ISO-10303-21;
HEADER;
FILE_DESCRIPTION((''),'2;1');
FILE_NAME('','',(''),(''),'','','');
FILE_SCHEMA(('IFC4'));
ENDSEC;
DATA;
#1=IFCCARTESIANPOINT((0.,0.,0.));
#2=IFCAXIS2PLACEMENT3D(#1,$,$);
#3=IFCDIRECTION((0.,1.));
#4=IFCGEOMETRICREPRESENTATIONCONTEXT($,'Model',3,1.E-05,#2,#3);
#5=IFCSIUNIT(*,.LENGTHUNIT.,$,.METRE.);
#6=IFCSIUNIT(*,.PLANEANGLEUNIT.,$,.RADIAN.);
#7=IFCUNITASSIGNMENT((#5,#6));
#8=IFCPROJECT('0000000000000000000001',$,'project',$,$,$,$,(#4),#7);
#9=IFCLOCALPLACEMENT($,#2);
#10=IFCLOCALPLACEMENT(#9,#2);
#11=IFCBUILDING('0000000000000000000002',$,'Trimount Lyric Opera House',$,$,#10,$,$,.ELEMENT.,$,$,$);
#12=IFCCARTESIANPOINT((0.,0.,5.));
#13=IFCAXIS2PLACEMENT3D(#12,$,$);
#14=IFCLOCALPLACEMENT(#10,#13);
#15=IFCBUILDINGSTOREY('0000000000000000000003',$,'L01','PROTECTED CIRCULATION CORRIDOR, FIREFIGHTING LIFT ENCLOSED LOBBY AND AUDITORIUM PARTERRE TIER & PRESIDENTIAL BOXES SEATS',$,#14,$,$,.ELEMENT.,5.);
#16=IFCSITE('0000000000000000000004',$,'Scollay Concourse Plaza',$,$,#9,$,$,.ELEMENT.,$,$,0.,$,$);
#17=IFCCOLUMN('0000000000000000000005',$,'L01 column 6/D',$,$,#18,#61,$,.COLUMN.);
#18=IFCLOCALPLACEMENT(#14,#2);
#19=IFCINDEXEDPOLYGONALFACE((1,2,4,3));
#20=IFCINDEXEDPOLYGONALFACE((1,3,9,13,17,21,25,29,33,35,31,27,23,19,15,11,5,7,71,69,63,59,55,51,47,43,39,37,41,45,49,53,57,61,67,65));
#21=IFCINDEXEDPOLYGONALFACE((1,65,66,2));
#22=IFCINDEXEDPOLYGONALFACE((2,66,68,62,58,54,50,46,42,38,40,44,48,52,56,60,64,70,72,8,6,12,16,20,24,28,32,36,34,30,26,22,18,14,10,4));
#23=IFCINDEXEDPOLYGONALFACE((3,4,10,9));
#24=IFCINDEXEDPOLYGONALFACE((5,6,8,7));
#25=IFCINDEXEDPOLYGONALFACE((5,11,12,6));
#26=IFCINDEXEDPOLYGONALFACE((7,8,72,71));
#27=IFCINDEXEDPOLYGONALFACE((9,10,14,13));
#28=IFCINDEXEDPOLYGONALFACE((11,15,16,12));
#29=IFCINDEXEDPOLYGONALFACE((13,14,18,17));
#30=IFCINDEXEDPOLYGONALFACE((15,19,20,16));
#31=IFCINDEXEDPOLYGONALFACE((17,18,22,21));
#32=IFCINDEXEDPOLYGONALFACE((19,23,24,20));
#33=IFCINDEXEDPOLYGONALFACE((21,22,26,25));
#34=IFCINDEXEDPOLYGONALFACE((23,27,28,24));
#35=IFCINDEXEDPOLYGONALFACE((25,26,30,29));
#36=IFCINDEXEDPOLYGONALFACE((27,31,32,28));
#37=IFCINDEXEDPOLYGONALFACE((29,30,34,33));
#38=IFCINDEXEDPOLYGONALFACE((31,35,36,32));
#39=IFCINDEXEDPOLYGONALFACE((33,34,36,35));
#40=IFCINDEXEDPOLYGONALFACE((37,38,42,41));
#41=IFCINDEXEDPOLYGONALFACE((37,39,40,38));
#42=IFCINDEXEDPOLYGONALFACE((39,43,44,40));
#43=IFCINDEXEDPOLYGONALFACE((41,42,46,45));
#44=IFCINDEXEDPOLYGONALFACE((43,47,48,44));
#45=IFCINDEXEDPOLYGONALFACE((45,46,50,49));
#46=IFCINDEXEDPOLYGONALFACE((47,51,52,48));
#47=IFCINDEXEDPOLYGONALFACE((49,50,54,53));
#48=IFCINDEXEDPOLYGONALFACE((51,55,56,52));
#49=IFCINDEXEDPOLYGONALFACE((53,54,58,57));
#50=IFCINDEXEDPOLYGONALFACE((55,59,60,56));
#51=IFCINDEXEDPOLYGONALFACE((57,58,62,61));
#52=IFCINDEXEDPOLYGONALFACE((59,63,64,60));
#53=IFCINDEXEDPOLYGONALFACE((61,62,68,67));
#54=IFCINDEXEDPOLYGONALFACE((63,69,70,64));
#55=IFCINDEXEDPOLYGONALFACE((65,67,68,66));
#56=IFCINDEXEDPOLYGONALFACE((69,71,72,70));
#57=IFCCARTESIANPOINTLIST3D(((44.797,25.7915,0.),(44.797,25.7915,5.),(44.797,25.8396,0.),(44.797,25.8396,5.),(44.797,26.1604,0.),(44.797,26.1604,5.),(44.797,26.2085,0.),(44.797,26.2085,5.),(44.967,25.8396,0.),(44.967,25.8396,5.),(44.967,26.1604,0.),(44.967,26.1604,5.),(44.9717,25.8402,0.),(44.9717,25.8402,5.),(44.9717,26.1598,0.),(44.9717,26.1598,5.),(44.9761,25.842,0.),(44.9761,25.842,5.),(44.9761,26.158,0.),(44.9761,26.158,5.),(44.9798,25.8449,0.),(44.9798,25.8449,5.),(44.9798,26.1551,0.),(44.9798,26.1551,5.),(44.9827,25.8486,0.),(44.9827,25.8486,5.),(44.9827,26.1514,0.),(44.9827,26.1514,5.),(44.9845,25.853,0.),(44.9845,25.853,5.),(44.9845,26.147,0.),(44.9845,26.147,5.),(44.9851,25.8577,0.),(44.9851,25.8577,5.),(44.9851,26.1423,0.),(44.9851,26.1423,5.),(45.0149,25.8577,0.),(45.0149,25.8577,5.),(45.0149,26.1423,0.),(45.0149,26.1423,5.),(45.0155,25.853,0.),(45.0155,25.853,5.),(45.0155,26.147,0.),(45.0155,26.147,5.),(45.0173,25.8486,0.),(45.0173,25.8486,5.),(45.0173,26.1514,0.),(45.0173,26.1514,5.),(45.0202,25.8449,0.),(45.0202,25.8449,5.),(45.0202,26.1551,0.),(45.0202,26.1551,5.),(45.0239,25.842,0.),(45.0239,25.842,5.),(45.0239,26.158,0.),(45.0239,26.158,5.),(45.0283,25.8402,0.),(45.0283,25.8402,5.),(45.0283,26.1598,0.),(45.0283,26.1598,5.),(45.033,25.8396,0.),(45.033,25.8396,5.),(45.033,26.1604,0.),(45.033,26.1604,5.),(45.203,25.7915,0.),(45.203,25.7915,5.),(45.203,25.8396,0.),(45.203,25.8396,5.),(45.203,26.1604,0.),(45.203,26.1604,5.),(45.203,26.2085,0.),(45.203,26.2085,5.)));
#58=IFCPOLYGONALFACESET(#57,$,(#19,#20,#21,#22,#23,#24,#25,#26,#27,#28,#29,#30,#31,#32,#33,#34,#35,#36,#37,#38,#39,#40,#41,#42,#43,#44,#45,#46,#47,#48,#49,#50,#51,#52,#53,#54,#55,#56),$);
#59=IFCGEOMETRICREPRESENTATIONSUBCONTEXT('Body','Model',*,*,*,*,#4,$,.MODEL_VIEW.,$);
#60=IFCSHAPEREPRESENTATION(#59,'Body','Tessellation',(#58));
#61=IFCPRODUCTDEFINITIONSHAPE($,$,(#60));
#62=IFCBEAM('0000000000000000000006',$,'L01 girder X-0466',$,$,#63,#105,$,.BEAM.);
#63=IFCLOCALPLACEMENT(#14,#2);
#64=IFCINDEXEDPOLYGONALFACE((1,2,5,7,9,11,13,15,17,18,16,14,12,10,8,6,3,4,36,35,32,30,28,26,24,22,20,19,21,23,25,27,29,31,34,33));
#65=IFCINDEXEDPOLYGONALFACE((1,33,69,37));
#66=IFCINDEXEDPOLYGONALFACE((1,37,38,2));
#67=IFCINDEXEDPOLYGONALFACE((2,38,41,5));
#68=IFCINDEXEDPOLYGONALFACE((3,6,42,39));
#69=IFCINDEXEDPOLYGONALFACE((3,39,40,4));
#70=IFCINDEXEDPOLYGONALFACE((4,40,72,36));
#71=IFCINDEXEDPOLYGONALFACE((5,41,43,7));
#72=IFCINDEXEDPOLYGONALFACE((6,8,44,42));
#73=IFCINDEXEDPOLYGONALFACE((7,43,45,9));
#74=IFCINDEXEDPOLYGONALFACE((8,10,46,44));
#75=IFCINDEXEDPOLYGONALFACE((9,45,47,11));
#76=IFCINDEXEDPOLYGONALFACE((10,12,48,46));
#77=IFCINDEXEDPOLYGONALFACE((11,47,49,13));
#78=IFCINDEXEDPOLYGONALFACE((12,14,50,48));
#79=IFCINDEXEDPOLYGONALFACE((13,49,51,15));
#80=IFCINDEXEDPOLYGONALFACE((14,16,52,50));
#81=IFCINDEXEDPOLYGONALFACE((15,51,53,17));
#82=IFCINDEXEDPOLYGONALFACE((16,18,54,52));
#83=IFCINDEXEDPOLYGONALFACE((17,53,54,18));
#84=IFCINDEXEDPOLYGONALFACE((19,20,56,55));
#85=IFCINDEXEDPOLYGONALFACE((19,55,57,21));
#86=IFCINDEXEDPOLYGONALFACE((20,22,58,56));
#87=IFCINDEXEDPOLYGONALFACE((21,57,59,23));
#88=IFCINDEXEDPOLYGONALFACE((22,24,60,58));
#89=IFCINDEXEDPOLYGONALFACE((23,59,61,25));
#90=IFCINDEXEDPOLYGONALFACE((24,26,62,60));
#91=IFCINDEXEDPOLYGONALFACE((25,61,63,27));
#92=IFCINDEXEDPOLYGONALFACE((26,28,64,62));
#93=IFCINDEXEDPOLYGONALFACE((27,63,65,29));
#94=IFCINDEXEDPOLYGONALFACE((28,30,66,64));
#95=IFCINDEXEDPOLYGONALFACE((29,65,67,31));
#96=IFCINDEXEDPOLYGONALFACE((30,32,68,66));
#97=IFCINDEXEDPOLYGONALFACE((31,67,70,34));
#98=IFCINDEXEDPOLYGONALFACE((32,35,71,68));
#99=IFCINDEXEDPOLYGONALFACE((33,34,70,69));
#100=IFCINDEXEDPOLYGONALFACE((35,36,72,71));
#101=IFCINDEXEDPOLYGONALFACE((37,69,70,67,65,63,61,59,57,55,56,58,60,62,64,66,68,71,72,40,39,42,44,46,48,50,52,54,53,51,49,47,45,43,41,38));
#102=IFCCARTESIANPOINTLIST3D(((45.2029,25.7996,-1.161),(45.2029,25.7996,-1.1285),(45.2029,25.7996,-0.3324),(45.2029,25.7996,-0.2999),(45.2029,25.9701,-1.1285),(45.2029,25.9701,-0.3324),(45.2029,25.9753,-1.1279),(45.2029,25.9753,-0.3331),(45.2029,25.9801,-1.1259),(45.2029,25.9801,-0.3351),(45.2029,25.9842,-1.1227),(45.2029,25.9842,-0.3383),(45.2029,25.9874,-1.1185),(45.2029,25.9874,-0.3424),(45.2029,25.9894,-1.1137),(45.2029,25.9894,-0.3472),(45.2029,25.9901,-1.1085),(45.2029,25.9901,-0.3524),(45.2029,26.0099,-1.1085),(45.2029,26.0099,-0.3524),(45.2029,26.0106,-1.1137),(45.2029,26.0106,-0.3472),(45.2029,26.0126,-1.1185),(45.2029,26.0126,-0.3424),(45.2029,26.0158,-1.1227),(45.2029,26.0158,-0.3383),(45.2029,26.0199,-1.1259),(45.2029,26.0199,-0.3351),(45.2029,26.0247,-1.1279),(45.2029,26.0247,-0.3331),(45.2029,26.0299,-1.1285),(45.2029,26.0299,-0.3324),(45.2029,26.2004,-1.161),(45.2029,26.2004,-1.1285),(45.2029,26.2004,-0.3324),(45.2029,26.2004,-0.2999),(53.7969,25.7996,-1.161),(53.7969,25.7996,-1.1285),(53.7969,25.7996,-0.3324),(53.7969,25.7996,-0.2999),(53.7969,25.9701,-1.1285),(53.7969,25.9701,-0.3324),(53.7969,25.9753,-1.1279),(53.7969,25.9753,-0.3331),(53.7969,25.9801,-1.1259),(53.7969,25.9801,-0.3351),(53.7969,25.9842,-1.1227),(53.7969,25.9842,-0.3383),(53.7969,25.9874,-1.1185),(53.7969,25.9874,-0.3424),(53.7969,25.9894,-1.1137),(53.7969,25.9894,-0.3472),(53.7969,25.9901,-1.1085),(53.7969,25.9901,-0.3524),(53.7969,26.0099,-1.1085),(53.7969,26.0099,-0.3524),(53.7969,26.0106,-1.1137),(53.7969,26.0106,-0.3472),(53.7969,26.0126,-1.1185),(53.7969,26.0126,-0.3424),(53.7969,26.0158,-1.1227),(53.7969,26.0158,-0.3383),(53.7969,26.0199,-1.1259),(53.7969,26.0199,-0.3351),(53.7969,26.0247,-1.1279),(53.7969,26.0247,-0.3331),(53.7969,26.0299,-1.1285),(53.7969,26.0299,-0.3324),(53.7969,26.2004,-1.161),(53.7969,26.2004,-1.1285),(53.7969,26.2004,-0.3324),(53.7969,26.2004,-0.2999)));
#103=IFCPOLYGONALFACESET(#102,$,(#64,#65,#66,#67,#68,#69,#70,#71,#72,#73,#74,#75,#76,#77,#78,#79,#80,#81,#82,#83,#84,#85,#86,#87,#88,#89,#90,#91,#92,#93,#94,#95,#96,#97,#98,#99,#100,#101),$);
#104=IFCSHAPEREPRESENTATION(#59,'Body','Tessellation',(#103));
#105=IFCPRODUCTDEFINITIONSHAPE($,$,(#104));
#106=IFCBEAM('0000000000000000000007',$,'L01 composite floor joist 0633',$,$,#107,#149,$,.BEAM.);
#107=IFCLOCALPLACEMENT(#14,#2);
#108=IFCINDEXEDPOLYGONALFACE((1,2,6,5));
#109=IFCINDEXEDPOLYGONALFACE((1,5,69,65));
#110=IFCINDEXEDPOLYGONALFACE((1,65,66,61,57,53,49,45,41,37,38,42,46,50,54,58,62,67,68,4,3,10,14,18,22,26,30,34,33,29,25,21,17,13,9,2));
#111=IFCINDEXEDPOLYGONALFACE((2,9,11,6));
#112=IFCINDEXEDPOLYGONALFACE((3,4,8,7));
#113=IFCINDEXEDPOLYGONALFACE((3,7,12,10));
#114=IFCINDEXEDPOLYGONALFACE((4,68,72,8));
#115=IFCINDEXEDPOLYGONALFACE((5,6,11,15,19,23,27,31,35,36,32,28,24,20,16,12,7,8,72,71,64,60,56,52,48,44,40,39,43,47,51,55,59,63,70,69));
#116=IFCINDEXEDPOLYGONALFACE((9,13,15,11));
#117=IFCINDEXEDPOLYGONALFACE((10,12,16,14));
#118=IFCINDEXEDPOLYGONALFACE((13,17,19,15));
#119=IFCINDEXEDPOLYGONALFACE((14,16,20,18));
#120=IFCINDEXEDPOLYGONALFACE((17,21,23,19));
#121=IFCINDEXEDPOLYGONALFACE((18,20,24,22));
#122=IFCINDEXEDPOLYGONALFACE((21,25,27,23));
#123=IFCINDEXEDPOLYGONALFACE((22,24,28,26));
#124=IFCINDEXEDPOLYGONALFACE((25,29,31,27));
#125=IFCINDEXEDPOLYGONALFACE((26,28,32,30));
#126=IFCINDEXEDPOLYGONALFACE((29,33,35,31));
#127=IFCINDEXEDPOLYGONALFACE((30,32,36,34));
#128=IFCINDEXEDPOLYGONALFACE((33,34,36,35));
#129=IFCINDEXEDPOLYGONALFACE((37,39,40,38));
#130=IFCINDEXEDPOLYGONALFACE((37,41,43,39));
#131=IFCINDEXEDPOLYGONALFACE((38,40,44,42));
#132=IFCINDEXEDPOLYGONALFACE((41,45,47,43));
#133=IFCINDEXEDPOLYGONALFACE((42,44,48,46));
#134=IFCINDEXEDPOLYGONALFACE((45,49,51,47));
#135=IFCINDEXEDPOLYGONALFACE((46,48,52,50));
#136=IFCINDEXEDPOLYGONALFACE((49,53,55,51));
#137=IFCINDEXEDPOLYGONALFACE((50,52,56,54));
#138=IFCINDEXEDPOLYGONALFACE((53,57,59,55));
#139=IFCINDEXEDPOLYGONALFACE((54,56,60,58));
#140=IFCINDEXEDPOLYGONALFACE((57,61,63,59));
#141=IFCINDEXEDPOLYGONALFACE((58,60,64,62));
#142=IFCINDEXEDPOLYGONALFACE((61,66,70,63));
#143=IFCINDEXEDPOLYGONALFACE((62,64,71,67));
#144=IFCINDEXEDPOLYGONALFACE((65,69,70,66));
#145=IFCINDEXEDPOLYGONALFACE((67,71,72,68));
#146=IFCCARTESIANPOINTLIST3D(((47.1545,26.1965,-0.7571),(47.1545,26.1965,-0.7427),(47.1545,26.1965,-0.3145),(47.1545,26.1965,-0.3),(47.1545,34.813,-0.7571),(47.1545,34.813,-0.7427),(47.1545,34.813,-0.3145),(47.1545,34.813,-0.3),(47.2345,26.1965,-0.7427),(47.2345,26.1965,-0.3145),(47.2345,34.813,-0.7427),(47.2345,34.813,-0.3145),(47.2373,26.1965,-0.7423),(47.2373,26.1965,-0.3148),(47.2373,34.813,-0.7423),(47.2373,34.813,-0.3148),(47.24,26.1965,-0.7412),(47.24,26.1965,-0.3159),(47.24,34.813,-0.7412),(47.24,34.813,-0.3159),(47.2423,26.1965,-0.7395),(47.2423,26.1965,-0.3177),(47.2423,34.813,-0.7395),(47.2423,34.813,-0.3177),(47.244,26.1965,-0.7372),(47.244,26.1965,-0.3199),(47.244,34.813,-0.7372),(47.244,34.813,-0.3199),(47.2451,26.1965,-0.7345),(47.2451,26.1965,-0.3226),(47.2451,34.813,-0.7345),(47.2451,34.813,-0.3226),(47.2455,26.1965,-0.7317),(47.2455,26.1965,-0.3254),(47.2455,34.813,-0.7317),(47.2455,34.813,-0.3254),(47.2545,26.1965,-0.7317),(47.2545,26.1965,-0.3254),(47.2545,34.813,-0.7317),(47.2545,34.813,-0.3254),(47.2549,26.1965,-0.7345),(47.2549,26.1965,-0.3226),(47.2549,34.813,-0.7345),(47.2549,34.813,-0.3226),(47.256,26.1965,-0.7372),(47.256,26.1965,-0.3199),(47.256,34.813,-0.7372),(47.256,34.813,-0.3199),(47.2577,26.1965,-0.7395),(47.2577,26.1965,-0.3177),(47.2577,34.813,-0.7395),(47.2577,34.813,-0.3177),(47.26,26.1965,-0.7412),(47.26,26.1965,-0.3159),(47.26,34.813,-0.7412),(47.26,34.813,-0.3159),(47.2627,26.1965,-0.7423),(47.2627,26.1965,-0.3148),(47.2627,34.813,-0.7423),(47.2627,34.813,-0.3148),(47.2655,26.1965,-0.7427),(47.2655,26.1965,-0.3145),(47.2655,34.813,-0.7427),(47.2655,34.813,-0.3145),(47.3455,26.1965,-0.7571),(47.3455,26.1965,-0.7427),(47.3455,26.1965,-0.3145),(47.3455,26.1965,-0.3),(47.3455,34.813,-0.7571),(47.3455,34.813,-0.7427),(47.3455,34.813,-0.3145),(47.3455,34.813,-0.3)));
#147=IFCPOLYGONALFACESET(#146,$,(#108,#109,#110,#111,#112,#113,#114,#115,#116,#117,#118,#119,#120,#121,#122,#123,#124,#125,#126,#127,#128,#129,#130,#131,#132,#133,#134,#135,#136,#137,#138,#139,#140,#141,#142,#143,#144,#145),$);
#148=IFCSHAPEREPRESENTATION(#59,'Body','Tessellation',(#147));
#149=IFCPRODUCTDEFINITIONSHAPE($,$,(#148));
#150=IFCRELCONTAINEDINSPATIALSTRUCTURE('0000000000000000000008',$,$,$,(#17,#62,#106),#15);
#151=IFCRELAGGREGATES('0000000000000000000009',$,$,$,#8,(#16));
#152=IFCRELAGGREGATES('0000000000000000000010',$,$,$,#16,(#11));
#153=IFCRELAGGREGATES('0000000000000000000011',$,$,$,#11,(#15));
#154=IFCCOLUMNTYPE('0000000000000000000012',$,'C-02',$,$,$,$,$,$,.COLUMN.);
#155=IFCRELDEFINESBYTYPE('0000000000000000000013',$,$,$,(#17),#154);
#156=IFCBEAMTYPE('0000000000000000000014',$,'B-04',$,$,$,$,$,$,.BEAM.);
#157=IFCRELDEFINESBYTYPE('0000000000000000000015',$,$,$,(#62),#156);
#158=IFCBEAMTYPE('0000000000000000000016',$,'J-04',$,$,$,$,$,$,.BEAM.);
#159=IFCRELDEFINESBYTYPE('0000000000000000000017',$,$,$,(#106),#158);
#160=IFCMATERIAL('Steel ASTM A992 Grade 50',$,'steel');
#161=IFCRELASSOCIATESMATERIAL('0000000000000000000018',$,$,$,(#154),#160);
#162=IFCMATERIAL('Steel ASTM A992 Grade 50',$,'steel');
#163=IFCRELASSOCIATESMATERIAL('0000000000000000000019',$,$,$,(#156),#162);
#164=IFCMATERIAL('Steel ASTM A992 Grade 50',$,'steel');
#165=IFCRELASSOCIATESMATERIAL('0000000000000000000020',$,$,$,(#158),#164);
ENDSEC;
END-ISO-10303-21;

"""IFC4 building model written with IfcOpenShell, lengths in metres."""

from ifc_helpers import new_model, si_unit, direction, frame, origin, origin_2d, place, context, subcontext, project, spatial, i_section, extrude, material, material_profile, profile_set, type_object, element, save


model = new_model("IFC4")

# Units and contexts
model_context = context("Model", 3, precision=1e-05, world=origin(), true_north=direction((0.0, 1.0)))
body_context = subcontext(model_context, "Body", "Model", "MODEL_VIEW")
ifc_project = project(units=[si_unit("LENGTHUNIT", "METRE"), si_unit("PLANEANGLEUNIT", "RADIAN")], contexts=[model_context])

# Site, building, storey
site_placement = place(None, origin())
site = spatial("IfcSite", under=ifc_project, at=site_placement, Name="Scollay Concourse Plaza", CompositionType="ELEMENT", RefElevation=0.0)
building_placement = place(site_placement, origin())
building = spatial("IfcBuilding", under=site, at=building_placement, Name="Trimount Lyric Opera House", CompositionType="ELEMENT")
storey_placement = place(building_placement, frame((0.0, 0.0, 5.0)))
storey = spatial("IfcBuildingStorey", under=building, at=storey_placement, Name="L01", Description="PROTECTED CIRCULATION CORRIDOR, FIREFIGHTING LIFT ENCLOSED LOBBY AND AUDITORIUM PARTERRE TIER & PRESIDENTIAL BOXES SEATS", CompositionType="ELEMENT", Elevation=5.0)

# Column
ifc_material_1 = material(Name="Steel ASTM A992 Grade 50", Category="steel")
ifc_material_profile_1 = material_profile(ifc_material_1, i_section(OverallWidth=0.406, OverallDepth=0.417, WebThickness=0.0298, FlangeThickness=0.0481, FilletRadius=0.0181, at=origin_2d()), Name="W14X257")
ifc_profile_set_1 = profile_set([ifc_material_profile_1], Name="Steel ASTM A992 Grade 50")
column_type = type_object("IfcColumnType", Name="C-02", PredefinedType="COLUMN", material=ifc_profile_set_1)
column_placement = place(storey_placement, frame((45.0, 26.0, 0.0), z_axis=(0.0, 0.0, 1.0), x_axis=(1.0, 0.0, 0.0)))
element("IfcColumn", 1, at=column_placement, inside=storey, type_object=column_type, Name="L01 column 6/D", PredefinedType="COLUMN", context=body_context, shape_type="SweptSolid", body=[
    extrude(i_section(OverallWidth=0.406, OverallDepth=0.417, WebThickness=0.0298, FlangeThickness=0.0481, FilletRadius=0.0181, at=origin_2d()), origin(), (0.0, 0.0, 1.0), 5.0),
])

# Beams
ifc_material_2 = material(Name="Steel ASTM A992 Grade 50", Category="steel")
ifc_material_profile_2 = material_profile(ifc_material_2, i_section(OverallWidth=0.4009, OverallDepth=0.8611, WebThickness=0.0198, FlangeThickness=0.0325, FilletRadius=0.02, at=origin_2d()), Name="W33X221")
ifc_profile_set_2 = profile_set([ifc_material_profile_2], Name="Steel ASTM A992 Grade 50")
beam_type_1 = type_object("IfcBeamType", Name="B-04", PredefinedType="BEAM", material=ifc_profile_set_2)
beam_1_placement = place(storey_placement, frame((45.2029, 26.0, -0.7305), z_axis=(1.0, 0.0, 0.0), x_axis=(0.0, 1.0, 0.0)))
element("IfcBeam", 2, at=beam_1_placement, inside=storey, type_object=beam_type_1, Name="L01 girder X-0466", PredefinedType="BEAM", context=body_context, shape_type="SweptSolid", body=[
    extrude(i_section(OverallWidth=0.4009, OverallDepth=0.8611, WebThickness=0.0198, FlangeThickness=0.0325, FilletRadius=0.02, at=origin_2d()), origin(), (0.0, 0.0, 1.0), 8.594),
])
ifc_material_3 = material(Name="Steel ASTM A992 Grade 50", Category="steel")
ifc_material_profile_3 = material_profile(ifc_material_3, i_section(OverallWidth=0.1909, OverallDepth=0.457, WebThickness=0.009, FlangeThickness=0.0144, FilletRadius=0.011, at=origin_2d()), Name="W18X50")
ifc_profile_set_3 = profile_set([ifc_material_profile_3], Name="Steel ASTM A992 Grade 50")
beam_type_2 = type_object("IfcBeamType", Name="J-04", PredefinedType="BEAM", material=ifc_profile_set_3)
beam_2_placement = place(storey_placement, frame((47.25, 26.1965, -0.5286), z_axis=(0.0, 1.0, 0.0), x_axis=(-1.0, 0.0, 0.0)))
element("IfcBeam", 3, at=beam_2_placement, inside=storey, type_object=beam_type_2, Name="L01 composite floor joist 0633", PredefinedType="BEAM", context=body_context, shape_type="SweptSolid", body=[
    extrude(i_section(OverallWidth=0.1909, OverallDepth=0.457, WebThickness=0.009, FlangeThickness=0.0144, FilletRadius=0.011, at=origin_2d()), origin(), (0.0, 0.0, 1.0), 8.6165),
])

save(model, "model.ifc")
